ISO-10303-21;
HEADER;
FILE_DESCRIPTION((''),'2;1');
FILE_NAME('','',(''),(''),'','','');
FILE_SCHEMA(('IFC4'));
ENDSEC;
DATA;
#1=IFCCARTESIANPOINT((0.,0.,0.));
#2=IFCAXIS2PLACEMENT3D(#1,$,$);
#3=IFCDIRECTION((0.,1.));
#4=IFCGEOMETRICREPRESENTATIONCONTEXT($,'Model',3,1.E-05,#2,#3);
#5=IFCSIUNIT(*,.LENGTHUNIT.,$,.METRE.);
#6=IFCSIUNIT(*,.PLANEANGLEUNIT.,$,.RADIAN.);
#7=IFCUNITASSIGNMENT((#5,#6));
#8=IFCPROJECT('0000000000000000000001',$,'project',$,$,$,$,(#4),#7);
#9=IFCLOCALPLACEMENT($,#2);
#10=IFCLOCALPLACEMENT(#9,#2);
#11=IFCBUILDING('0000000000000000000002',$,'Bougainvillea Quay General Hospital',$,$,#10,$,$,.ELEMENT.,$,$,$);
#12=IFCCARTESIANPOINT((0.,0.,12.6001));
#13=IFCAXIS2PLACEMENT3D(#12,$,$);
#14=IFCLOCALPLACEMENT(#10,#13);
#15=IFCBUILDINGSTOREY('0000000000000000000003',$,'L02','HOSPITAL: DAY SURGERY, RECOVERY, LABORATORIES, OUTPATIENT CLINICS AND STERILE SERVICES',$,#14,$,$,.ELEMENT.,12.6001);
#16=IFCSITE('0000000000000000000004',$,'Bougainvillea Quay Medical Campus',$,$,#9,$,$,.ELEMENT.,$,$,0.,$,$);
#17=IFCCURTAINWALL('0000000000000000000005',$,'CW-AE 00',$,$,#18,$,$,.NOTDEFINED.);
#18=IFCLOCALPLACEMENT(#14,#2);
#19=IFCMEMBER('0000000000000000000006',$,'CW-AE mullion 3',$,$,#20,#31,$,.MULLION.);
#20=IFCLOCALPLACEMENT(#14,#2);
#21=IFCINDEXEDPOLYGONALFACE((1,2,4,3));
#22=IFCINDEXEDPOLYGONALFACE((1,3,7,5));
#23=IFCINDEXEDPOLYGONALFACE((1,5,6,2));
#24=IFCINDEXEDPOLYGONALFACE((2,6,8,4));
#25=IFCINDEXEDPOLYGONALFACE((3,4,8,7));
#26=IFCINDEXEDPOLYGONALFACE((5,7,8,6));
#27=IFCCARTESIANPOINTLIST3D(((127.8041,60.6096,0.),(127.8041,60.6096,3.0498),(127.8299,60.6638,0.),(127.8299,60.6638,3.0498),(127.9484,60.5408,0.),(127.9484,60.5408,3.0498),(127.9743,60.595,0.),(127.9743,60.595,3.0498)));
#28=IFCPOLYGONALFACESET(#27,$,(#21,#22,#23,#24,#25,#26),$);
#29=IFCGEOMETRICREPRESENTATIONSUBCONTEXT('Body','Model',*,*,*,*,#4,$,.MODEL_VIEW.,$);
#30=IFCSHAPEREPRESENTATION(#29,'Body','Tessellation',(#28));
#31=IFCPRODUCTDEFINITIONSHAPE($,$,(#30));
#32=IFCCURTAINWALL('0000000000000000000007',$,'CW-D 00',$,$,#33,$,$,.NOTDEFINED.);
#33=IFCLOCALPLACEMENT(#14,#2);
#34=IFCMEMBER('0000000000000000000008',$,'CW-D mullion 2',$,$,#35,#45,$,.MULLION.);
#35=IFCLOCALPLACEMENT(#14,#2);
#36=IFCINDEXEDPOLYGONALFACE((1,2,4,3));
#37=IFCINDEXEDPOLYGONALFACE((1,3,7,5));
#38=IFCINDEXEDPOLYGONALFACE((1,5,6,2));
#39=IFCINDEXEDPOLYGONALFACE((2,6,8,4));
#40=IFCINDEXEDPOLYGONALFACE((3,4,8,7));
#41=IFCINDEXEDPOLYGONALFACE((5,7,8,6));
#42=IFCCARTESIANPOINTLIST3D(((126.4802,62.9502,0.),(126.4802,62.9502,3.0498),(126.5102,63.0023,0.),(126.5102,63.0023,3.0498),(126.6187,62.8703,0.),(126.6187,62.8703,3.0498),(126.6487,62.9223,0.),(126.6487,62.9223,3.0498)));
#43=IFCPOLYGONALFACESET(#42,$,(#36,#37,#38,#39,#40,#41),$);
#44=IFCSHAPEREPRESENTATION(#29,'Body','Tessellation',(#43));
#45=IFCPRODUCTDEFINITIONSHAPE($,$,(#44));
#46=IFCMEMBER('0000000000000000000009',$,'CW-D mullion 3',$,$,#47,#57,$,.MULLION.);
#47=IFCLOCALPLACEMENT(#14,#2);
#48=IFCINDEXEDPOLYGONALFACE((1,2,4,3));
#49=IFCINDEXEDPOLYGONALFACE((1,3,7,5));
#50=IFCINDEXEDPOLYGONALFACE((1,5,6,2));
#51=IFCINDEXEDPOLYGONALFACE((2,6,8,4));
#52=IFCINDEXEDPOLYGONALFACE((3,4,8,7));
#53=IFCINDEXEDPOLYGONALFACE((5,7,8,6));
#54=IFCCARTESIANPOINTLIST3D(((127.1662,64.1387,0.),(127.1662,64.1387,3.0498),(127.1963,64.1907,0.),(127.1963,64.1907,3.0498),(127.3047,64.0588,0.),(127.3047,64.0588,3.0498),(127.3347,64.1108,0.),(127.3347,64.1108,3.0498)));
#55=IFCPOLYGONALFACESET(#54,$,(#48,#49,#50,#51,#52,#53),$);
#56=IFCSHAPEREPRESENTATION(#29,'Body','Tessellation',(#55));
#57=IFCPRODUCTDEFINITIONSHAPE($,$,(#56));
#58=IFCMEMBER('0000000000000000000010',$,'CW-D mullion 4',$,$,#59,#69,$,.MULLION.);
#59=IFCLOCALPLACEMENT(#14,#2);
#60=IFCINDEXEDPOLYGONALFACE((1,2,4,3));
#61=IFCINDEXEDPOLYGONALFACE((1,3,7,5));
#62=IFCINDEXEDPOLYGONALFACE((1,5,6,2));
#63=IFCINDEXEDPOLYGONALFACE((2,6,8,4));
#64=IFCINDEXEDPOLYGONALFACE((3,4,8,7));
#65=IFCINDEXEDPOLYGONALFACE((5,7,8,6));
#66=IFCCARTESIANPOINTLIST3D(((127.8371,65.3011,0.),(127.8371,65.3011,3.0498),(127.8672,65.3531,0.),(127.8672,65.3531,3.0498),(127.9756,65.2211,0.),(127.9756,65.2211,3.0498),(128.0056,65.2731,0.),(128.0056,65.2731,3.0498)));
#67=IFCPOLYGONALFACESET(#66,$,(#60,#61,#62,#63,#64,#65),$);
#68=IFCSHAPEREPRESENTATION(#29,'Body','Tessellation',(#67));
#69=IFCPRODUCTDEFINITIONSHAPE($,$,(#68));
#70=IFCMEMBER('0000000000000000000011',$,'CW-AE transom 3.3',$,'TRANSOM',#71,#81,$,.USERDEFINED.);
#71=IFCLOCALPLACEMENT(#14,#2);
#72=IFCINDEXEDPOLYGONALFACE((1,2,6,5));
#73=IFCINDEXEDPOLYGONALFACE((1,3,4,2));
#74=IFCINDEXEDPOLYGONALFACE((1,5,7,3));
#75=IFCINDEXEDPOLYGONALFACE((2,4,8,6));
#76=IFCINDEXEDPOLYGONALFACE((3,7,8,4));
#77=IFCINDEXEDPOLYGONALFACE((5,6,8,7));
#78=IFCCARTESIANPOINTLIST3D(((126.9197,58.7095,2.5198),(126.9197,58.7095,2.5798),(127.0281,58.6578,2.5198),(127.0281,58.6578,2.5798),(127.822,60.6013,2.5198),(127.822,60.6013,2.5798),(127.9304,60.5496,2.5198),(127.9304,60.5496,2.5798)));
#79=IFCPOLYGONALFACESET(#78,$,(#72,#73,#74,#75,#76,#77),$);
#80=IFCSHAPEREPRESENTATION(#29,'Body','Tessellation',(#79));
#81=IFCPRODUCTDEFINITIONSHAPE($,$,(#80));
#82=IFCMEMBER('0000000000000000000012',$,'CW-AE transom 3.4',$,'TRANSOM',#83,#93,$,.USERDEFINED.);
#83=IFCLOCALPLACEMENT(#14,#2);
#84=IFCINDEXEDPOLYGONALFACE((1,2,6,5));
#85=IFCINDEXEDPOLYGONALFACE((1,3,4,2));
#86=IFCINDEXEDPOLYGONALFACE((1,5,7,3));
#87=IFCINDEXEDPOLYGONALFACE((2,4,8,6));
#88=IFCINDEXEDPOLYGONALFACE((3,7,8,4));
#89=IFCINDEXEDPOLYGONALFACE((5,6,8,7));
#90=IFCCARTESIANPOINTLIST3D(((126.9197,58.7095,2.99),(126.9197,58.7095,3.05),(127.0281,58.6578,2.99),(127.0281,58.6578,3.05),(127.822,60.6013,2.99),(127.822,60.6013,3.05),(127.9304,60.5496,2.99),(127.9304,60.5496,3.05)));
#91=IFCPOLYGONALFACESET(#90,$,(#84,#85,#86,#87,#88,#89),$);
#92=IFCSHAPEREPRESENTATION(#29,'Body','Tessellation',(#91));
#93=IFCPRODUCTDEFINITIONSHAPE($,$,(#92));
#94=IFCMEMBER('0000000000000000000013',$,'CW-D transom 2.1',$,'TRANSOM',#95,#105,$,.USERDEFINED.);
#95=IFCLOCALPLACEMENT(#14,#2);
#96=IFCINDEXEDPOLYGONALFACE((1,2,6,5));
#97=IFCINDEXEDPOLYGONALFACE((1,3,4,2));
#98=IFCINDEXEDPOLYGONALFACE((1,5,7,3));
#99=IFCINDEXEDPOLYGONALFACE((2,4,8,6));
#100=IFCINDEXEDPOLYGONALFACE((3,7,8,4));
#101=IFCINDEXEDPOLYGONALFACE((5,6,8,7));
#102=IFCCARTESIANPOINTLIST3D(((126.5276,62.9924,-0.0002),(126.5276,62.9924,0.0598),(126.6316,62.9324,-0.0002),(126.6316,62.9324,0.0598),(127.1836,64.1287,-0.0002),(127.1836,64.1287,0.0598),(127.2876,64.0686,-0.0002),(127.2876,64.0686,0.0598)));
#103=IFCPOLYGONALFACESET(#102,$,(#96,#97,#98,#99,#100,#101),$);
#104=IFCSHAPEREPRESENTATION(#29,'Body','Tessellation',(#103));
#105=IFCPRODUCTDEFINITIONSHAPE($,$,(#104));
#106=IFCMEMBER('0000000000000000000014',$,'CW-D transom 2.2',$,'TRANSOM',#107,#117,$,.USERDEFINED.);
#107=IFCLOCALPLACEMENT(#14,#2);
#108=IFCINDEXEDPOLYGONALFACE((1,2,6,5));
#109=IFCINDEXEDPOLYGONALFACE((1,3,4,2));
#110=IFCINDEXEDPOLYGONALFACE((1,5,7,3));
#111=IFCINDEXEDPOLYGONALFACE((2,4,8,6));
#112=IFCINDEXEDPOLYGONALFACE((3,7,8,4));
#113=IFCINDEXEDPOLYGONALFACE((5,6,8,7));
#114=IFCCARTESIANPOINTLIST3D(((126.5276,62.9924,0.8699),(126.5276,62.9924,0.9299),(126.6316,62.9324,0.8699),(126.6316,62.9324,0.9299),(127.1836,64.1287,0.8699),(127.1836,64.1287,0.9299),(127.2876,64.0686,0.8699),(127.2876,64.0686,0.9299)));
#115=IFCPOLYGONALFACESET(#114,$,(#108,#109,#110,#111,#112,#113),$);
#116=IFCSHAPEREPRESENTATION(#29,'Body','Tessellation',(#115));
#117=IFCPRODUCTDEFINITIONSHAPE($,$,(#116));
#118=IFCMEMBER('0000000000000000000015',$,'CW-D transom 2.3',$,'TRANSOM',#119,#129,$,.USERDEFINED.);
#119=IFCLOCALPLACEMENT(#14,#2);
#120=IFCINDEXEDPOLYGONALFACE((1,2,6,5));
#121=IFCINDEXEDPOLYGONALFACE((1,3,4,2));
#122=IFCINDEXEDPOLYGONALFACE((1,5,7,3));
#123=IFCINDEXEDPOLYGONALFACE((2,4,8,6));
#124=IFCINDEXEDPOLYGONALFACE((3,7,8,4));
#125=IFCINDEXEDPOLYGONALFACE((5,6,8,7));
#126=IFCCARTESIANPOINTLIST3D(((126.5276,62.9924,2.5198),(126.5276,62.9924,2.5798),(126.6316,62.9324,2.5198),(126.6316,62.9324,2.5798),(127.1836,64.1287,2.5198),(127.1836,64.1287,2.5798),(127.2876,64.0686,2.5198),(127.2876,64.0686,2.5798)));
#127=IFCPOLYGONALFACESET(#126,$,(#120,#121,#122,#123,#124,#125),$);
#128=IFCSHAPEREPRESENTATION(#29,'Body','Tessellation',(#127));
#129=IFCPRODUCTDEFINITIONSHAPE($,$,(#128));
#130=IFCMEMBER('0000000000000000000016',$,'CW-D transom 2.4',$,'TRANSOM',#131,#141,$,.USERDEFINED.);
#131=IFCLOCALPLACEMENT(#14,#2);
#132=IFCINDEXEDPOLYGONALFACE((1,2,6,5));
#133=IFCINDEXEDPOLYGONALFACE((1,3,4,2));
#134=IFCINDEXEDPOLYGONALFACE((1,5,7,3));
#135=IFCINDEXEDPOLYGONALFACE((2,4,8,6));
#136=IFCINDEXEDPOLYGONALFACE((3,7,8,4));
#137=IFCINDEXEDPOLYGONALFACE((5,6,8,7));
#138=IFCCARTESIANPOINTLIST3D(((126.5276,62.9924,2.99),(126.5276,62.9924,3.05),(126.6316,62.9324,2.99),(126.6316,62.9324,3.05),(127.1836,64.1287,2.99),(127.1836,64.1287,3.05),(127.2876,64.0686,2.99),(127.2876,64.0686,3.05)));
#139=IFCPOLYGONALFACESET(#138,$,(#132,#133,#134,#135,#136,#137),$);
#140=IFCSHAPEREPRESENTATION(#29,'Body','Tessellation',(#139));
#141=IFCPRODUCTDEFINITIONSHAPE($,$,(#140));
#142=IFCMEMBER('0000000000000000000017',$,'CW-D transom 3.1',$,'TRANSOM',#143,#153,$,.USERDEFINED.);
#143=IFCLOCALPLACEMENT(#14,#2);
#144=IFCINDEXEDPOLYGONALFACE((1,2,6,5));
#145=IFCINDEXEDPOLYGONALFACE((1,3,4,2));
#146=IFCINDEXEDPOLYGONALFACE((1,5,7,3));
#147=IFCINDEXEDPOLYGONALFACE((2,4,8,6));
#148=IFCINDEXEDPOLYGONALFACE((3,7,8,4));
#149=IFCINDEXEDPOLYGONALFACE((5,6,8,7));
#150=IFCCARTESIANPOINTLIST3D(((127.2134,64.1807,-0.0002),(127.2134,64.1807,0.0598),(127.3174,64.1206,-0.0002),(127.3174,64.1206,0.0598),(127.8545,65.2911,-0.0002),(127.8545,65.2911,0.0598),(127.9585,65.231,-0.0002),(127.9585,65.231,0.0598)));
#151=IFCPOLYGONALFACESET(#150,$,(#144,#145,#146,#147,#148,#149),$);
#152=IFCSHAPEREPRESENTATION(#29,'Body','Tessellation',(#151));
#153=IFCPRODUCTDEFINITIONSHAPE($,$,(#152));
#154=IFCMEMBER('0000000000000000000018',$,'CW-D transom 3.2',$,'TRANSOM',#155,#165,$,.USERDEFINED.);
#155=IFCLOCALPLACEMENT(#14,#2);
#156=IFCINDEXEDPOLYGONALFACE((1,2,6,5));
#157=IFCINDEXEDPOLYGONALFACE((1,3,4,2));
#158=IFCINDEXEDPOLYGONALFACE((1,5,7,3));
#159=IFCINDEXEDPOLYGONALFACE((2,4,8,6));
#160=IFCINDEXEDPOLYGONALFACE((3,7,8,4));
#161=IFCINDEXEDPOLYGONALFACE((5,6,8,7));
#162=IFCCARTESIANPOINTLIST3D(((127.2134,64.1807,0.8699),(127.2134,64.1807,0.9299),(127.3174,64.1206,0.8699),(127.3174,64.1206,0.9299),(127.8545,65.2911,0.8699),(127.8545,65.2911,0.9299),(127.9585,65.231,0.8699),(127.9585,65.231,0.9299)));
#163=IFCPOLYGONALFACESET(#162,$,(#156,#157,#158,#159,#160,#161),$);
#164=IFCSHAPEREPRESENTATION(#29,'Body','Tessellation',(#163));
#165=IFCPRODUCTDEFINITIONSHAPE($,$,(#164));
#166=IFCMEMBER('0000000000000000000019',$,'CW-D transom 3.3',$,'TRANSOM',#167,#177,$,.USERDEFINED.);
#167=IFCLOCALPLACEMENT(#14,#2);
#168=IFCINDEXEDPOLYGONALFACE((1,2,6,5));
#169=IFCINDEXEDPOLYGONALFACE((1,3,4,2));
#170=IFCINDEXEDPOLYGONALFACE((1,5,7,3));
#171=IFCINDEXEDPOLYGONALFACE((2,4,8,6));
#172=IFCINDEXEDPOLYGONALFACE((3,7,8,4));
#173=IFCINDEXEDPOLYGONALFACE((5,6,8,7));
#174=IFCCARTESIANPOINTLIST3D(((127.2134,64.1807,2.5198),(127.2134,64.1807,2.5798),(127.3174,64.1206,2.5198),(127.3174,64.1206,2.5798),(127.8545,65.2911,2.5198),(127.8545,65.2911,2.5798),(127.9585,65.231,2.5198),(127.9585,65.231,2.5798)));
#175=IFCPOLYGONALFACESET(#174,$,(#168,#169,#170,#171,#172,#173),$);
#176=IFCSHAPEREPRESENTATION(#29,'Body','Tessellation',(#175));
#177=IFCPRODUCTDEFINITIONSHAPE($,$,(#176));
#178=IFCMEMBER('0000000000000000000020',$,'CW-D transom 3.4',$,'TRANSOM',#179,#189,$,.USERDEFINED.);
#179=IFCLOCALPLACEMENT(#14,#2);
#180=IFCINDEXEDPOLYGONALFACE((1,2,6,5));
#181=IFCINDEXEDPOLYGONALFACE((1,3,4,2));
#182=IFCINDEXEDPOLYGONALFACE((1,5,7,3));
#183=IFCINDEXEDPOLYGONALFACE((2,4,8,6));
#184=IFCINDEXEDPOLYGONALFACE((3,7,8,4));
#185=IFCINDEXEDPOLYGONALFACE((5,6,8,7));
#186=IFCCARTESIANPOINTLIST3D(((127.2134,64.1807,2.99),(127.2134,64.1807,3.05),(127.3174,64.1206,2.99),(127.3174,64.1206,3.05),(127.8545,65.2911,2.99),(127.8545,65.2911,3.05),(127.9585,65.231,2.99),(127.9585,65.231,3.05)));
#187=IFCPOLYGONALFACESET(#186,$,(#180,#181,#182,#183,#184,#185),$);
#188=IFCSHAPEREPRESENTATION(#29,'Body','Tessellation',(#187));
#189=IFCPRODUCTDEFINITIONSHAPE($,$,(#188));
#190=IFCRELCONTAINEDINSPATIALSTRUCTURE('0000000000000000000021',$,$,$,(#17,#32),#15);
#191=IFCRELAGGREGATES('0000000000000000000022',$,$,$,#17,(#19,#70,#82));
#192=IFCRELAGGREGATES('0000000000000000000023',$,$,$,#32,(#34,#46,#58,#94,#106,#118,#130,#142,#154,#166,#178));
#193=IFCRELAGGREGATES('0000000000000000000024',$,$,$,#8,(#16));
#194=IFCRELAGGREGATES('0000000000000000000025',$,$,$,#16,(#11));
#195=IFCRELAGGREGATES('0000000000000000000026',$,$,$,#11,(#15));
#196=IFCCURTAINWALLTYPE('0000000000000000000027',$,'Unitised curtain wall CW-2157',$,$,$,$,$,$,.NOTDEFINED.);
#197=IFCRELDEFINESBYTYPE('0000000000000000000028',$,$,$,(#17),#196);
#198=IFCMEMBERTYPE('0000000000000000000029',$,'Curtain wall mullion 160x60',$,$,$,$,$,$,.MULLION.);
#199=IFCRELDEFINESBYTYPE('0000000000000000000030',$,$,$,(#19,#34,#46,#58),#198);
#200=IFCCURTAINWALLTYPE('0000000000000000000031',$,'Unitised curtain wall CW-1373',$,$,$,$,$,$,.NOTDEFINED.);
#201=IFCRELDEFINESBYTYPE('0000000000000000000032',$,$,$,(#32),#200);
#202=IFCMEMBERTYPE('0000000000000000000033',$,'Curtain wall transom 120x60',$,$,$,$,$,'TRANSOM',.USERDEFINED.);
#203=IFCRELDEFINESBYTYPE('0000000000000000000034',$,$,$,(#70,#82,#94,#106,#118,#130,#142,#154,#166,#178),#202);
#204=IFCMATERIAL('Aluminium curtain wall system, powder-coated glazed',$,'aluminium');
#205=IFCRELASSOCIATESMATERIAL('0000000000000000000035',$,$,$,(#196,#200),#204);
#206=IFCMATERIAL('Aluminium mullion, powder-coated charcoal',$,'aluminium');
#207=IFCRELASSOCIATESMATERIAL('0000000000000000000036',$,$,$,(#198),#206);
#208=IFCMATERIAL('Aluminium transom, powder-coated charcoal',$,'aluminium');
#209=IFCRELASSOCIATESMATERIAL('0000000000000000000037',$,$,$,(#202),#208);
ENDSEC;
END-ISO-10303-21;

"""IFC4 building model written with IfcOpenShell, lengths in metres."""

from ifc_helpers import new_model, si_unit, direction, frame, origin, origin_2d, place, context, subcontext, project, spatial, rectangle, extrude, material, material_profile, profile_set, type_object, element, aggregate, save


model = new_model("IFC4")

# Units and contexts
model_context = context("Model", 3, precision=1e-05, world=origin(), true_north=direction((0.0, 1.0)))
body_context = subcontext(model_context, "Body", "Model", "MODEL_VIEW")
ifc_project = project(units=[si_unit("LENGTHUNIT", "METRE"), si_unit("PLANEANGLEUNIT", "RADIAN")], contexts=[model_context])

# Site, building, storey
site_placement = place(None, origin())
site = spatial("IfcSite", under=ifc_project, at=site_placement, Name="Bougainvillea Quay Medical Campus", CompositionType="ELEMENT", RefElevation=0.0)
building_placement = place(site_placement, origin())
building = spatial("IfcBuilding", under=site, at=building_placement, Name="Bougainvillea Quay General Hospital", CompositionType="ELEMENT")
storey_placement = place(building_placement, frame((0.0, 0.0, 12.6001)))
storey = spatial("IfcBuildingStorey", under=building, at=storey_placement, Name="L02", Description="HOSPITAL: DAY SURGERY, RECOVERY, LABORATORIES, OUTPATIENT CLINICS AND STERILE SERVICES", CompositionType="ELEMENT", Elevation=12.6001)

# Curtain wall, member
ifc_material_1 = material(Name="Aluminium curtain wall system, powder-coated glazed", Category="aluminium")
curtain_wall_type_1 = type_object("IfcCurtainWallType", Name="Unitised curtain wall CW-2157", PredefinedType="NOTDEFINED", material=ifc_material_1)
curtain_wall_1_placement = place(storey_placement, origin())
curtain_wall_1 = element("IfcCurtainWall", 1, at=curtain_wall_1_placement, inside=storey, type_object=curtain_wall_type_1, Name="CW-AE 00", PredefinedType="NOTDEFINED")
ifc_material_2 = material(Name="Aluminium mullion, powder-coated charcoal", Category="aluminium")
ifc_material_profile_1 = material_profile(ifc_material_2, rectangle(XDim=0.1599, YDim=0.0601, at=origin_2d()))
ifc_profile_set_1 = profile_set([ifc_material_profile_1], Name="Aluminium mullion, powder-coated charcoal")
member_type_1 = type_object("IfcMemberType", Name="Curtain wall mullion 160x60", PredefinedType="MULLION", material=ifc_profile_set_1)
member_1_placement = place(storey_placement, frame((127.8892, 60.6023, 0.0), z_axis=(0.0, 0.0, 1.0), x_axis=(0.902576, -0.43053, 0.0)))
member_1 = element("IfcMember", 2, at=member_1_placement, type_object=member_type_1, Name="CW-AE mullion 3", PredefinedType="MULLION", context=body_context, shape_type="SweptSolid", body=[
    extrude(rectangle(XDim=0.1599, YDim=0.0601, at=origin_2d()), origin(), (0.0, 0.0, 1.0), 3.0498),
])

# Curtain wall, members
curtain_wall_type_2 = type_object("IfcCurtainWallType", Name="Unitised curtain wall CW-1373", PredefinedType="NOTDEFINED", material=ifc_material_1)
curtain_wall_2_placement = place(storey_placement, origin())
curtain_wall_2 = element("IfcCurtainWall", 3, at=curtain_wall_2_placement, inside=storey, type_object=curtain_wall_type_2, Name="CW-D 00", PredefinedType="NOTDEFINED")
member_2_placement = place(storey_placement, frame((126.5645, 62.9363, 0.0), z_axis=(0.0, 0.0, 1.0), x_axis=(-0.866048, 0.499962, 0.0)))
member_2 = element("IfcMember", 4, at=member_2_placement, type_object=member_type_1, Name="CW-D mullion 2", PredefinedType="MULLION", context=body_context, shape_type="SweptSolid", body=[
    extrude(rectangle(XDim=0.1599, YDim=0.0601, at=origin_2d()), origin(), (0.0, 0.0, 1.0), 3.0498),
])
member_3_placement = place(storey_placement, frame((127.2505, 64.1248, 0.0), z_axis=(0.0, 0.0, 1.0), x_axis=(-0.866048, 0.499962, 0.0)))
member_3 = element("IfcMember", 5, at=member_3_placement, type_object=member_type_1, Name="CW-D mullion 3", PredefinedType="MULLION", context=body_context, shape_type="SweptSolid", body=[
    extrude(rectangle(XDim=0.1599, YDim=0.0601, at=origin_2d()), origin(), (0.0, 0.0, 1.0), 3.0498),
])
member_4_placement = place(storey_placement, frame((127.9214, 65.2871, 0.0), z_axis=(0.0, 0.0, 1.0), x_axis=(-0.866048, 0.499962, 0.0)))
member_4 = element("IfcMember", 6, at=member_4_placement, type_object=member_type_1, Name="CW-D mullion 4", PredefinedType="MULLION", context=body_context, shape_type="SweptSolid", body=[
    extrude(rectangle(XDim=0.1599, YDim=0.0601, at=origin_2d()), origin(), (0.0, 0.0, 1.0), 3.0498),
])

# Members
ifc_material_3 = material(Name="Aluminium transom, powder-coated charcoal", Category="aluminium")
ifc_material_profile_2 = material_profile(ifc_material_3, rectangle(XDim=0.1201, YDim=0.0601, at=origin_2d()))
ifc_profile_set_2 = profile_set([ifc_material_profile_2], Name="Aluminium transom, powder-coated charcoal")
member_type_2 = type_object("IfcMemberType", Name="Curtain wall transom 120x60", ElementType="TRANSOM", PredefinedType="USERDEFINED", material=ifc_profile_set_2)
member_5_placement = place(storey_placement, frame((127.8762, 60.5754, 2.5498), z_axis=(-0.430503, -0.902589, 0.0), x_axis=(0.902589, -0.430503, 0.0)))
member_5 = element("IfcMember", 7, at=member_5_placement, type_object=member_type_2, Name="CW-AE transom 3.3", ObjectType="TRANSOM", PredefinedType="USERDEFINED", context=body_context, shape_type="SweptSolid", body=[
    extrude(rectangle(XDim=0.1201, YDim=0.0601, at=origin_2d()), origin(), (0.0, 0.0, 1.0), 2.0959),
])
member_6_placement = place(storey_placement, frame((127.8762, 60.5754, 3.02), z_axis=(-0.430503, -0.902589, 0.0), x_axis=(0.902589, -0.430503, 0.0)))
member_6 = element("IfcMember", 8, at=member_6_placement, type_object=member_type_2, Name="CW-AE transom 3.4", ObjectType="TRANSOM", PredefinedType="USERDEFINED", context=body_context, shape_type="SweptSolid", body=[
    extrude(rectangle(XDim=0.1201, YDim=0.0601, at=origin_2d()), origin(), (0.0, 0.0, 1.0), 2.0959),
])
member_7_placement = place(storey_placement, frame((126.5796, 62.9624, 0.0298), z_axis=(0.500002, 0.866024, 0.0), x_axis=(-0.866024, 0.500002, 0.0)))
member_7 = element("IfcMember", 9, at=member_7_placement, type_object=member_type_2, Name="CW-D transom 2.1", ObjectType="TRANSOM", PredefinedType="USERDEFINED", context=body_context, shape_type="SweptSolid", body=[
    extrude(rectangle(XDim=0.1201, YDim=0.0601, at=origin_2d()), origin(), (0.0, 0.0, 1.0), 1.312),
])
member_8_placement = place(storey_placement, frame((126.5796, 62.9624, 0.8999), z_axis=(0.500002, 0.866024, 0.0), x_axis=(-0.866024, 0.500002, 0.0)))
member_8 = element("IfcMember", 10, at=member_8_placement, type_object=member_type_2, Name="CW-D transom 2.2", ObjectType="TRANSOM", PredefinedType="USERDEFINED", context=body_context, shape_type="SweptSolid", body=[
    extrude(rectangle(XDim=0.1201, YDim=0.0601, at=origin_2d()), origin(), (0.0, 0.0, 1.0), 1.312),
])
member_9_placement = place(storey_placement, frame((126.5796, 62.9624, 2.5498), z_axis=(0.500002, 0.866024, 0.0), x_axis=(-0.866024, 0.500002, 0.0)))
member_9 = element("IfcMember", 11, at=member_9_placement, type_object=member_type_2, Name="CW-D transom 2.3", ObjectType="TRANSOM", PredefinedType="USERDEFINED", context=body_context, shape_type="SweptSolid", body=[
    extrude(rectangle(XDim=0.1201, YDim=0.0601, at=origin_2d()), origin(), (0.0, 0.0, 1.0), 1.312),
])
member_10_placement = place(storey_placement, frame((126.5796, 62.9624, 3.02), z_axis=(0.500002, 0.866024, 0.0), x_axis=(-0.866024, 0.500002, 0.0)))
member_10 = element("IfcMember", 12, at=member_10_placement, type_object=member_type_2, Name="CW-D transom 2.4", ObjectType="TRANSOM", PredefinedType="USERDEFINED", context=body_context, shape_type="SweptSolid", body=[
    extrude(rectangle(XDim=0.1201, YDim=0.0601, at=origin_2d()), origin(), (0.0, 0.0, 1.0), 1.312),
])
member_11_placement = place(storey_placement, frame((127.2654, 64.1506, 0.0298), z_axis=(0.50003, 0.866008, 0.0), x_axis=(-0.866008, 0.50003, 0.0)))
member_11 = element("IfcMember", 13, at=member_11_placement, type_object=member_type_2, Name="CW-D transom 3.1", ObjectType="TRANSOM", PredefinedType="USERDEFINED", context=body_context, shape_type="SweptSolid", body=[
    extrude(rectangle(XDim=0.1201, YDim=0.0601, at=origin_2d()), origin(), (0.0, 0.0, 1.0), 1.2822),
])
member_12_placement = place(storey_placement, frame((127.2654, 64.1506, 0.8999), z_axis=(0.50003, 0.866008, 0.0), x_axis=(-0.866008, 0.50003, 0.0)))
member_12 = element("IfcMember", 14, at=member_12_placement, type_object=member_type_2, Name="CW-D transom 3.2", ObjectType="TRANSOM", PredefinedType="USERDEFINED", context=body_context, shape_type="SweptSolid", body=[
    extrude(rectangle(XDim=0.1201, YDim=0.0601, at=origin_2d()), origin(), (0.0, 0.0, 1.0), 1.2822),
])
member_13_placement = place(storey_placement, frame((127.2654, 64.1506, 2.5498), z_axis=(0.50003, 0.866008, 0.0), x_axis=(-0.866008, 0.50003, 0.0)))
member_13 = element("IfcMember", 15, at=member_13_placement, type_object=member_type_2, Name="CW-D transom 3.3", ObjectType="TRANSOM", PredefinedType="USERDEFINED", context=body_context, shape_type="SweptSolid", body=[
    extrude(rectangle(XDim=0.1201, YDim=0.0601, at=origin_2d()), origin(), (0.0, 0.0, 1.0), 1.2822),
])
member_14_placement = place(storey_placement, frame((127.2654, 64.1506, 3.02), z_axis=(0.50003, 0.866008, 0.0), x_axis=(-0.866008, 0.50003, 0.0)))
member_14 = element("IfcMember", 16, at=member_14_placement, type_object=member_type_2, Name="CW-D transom 3.4", ObjectType="TRANSOM", PredefinedType="USERDEFINED", context=body_context, shape_type="SweptSolid", body=[
    extrude(rectangle(XDim=0.1201, YDim=0.0601, at=origin_2d()), origin(), (0.0, 0.0, 1.0), 1.2822),
])

aggregate(curtain_wall_1, [member_1, member_5, member_6])
aggregate(curtain_wall_2, [member_2, member_3, member_4, member_7, member_8, member_9, member_10, member_11, member_12, member_13, member_14])

save(model, "model.ifc")
